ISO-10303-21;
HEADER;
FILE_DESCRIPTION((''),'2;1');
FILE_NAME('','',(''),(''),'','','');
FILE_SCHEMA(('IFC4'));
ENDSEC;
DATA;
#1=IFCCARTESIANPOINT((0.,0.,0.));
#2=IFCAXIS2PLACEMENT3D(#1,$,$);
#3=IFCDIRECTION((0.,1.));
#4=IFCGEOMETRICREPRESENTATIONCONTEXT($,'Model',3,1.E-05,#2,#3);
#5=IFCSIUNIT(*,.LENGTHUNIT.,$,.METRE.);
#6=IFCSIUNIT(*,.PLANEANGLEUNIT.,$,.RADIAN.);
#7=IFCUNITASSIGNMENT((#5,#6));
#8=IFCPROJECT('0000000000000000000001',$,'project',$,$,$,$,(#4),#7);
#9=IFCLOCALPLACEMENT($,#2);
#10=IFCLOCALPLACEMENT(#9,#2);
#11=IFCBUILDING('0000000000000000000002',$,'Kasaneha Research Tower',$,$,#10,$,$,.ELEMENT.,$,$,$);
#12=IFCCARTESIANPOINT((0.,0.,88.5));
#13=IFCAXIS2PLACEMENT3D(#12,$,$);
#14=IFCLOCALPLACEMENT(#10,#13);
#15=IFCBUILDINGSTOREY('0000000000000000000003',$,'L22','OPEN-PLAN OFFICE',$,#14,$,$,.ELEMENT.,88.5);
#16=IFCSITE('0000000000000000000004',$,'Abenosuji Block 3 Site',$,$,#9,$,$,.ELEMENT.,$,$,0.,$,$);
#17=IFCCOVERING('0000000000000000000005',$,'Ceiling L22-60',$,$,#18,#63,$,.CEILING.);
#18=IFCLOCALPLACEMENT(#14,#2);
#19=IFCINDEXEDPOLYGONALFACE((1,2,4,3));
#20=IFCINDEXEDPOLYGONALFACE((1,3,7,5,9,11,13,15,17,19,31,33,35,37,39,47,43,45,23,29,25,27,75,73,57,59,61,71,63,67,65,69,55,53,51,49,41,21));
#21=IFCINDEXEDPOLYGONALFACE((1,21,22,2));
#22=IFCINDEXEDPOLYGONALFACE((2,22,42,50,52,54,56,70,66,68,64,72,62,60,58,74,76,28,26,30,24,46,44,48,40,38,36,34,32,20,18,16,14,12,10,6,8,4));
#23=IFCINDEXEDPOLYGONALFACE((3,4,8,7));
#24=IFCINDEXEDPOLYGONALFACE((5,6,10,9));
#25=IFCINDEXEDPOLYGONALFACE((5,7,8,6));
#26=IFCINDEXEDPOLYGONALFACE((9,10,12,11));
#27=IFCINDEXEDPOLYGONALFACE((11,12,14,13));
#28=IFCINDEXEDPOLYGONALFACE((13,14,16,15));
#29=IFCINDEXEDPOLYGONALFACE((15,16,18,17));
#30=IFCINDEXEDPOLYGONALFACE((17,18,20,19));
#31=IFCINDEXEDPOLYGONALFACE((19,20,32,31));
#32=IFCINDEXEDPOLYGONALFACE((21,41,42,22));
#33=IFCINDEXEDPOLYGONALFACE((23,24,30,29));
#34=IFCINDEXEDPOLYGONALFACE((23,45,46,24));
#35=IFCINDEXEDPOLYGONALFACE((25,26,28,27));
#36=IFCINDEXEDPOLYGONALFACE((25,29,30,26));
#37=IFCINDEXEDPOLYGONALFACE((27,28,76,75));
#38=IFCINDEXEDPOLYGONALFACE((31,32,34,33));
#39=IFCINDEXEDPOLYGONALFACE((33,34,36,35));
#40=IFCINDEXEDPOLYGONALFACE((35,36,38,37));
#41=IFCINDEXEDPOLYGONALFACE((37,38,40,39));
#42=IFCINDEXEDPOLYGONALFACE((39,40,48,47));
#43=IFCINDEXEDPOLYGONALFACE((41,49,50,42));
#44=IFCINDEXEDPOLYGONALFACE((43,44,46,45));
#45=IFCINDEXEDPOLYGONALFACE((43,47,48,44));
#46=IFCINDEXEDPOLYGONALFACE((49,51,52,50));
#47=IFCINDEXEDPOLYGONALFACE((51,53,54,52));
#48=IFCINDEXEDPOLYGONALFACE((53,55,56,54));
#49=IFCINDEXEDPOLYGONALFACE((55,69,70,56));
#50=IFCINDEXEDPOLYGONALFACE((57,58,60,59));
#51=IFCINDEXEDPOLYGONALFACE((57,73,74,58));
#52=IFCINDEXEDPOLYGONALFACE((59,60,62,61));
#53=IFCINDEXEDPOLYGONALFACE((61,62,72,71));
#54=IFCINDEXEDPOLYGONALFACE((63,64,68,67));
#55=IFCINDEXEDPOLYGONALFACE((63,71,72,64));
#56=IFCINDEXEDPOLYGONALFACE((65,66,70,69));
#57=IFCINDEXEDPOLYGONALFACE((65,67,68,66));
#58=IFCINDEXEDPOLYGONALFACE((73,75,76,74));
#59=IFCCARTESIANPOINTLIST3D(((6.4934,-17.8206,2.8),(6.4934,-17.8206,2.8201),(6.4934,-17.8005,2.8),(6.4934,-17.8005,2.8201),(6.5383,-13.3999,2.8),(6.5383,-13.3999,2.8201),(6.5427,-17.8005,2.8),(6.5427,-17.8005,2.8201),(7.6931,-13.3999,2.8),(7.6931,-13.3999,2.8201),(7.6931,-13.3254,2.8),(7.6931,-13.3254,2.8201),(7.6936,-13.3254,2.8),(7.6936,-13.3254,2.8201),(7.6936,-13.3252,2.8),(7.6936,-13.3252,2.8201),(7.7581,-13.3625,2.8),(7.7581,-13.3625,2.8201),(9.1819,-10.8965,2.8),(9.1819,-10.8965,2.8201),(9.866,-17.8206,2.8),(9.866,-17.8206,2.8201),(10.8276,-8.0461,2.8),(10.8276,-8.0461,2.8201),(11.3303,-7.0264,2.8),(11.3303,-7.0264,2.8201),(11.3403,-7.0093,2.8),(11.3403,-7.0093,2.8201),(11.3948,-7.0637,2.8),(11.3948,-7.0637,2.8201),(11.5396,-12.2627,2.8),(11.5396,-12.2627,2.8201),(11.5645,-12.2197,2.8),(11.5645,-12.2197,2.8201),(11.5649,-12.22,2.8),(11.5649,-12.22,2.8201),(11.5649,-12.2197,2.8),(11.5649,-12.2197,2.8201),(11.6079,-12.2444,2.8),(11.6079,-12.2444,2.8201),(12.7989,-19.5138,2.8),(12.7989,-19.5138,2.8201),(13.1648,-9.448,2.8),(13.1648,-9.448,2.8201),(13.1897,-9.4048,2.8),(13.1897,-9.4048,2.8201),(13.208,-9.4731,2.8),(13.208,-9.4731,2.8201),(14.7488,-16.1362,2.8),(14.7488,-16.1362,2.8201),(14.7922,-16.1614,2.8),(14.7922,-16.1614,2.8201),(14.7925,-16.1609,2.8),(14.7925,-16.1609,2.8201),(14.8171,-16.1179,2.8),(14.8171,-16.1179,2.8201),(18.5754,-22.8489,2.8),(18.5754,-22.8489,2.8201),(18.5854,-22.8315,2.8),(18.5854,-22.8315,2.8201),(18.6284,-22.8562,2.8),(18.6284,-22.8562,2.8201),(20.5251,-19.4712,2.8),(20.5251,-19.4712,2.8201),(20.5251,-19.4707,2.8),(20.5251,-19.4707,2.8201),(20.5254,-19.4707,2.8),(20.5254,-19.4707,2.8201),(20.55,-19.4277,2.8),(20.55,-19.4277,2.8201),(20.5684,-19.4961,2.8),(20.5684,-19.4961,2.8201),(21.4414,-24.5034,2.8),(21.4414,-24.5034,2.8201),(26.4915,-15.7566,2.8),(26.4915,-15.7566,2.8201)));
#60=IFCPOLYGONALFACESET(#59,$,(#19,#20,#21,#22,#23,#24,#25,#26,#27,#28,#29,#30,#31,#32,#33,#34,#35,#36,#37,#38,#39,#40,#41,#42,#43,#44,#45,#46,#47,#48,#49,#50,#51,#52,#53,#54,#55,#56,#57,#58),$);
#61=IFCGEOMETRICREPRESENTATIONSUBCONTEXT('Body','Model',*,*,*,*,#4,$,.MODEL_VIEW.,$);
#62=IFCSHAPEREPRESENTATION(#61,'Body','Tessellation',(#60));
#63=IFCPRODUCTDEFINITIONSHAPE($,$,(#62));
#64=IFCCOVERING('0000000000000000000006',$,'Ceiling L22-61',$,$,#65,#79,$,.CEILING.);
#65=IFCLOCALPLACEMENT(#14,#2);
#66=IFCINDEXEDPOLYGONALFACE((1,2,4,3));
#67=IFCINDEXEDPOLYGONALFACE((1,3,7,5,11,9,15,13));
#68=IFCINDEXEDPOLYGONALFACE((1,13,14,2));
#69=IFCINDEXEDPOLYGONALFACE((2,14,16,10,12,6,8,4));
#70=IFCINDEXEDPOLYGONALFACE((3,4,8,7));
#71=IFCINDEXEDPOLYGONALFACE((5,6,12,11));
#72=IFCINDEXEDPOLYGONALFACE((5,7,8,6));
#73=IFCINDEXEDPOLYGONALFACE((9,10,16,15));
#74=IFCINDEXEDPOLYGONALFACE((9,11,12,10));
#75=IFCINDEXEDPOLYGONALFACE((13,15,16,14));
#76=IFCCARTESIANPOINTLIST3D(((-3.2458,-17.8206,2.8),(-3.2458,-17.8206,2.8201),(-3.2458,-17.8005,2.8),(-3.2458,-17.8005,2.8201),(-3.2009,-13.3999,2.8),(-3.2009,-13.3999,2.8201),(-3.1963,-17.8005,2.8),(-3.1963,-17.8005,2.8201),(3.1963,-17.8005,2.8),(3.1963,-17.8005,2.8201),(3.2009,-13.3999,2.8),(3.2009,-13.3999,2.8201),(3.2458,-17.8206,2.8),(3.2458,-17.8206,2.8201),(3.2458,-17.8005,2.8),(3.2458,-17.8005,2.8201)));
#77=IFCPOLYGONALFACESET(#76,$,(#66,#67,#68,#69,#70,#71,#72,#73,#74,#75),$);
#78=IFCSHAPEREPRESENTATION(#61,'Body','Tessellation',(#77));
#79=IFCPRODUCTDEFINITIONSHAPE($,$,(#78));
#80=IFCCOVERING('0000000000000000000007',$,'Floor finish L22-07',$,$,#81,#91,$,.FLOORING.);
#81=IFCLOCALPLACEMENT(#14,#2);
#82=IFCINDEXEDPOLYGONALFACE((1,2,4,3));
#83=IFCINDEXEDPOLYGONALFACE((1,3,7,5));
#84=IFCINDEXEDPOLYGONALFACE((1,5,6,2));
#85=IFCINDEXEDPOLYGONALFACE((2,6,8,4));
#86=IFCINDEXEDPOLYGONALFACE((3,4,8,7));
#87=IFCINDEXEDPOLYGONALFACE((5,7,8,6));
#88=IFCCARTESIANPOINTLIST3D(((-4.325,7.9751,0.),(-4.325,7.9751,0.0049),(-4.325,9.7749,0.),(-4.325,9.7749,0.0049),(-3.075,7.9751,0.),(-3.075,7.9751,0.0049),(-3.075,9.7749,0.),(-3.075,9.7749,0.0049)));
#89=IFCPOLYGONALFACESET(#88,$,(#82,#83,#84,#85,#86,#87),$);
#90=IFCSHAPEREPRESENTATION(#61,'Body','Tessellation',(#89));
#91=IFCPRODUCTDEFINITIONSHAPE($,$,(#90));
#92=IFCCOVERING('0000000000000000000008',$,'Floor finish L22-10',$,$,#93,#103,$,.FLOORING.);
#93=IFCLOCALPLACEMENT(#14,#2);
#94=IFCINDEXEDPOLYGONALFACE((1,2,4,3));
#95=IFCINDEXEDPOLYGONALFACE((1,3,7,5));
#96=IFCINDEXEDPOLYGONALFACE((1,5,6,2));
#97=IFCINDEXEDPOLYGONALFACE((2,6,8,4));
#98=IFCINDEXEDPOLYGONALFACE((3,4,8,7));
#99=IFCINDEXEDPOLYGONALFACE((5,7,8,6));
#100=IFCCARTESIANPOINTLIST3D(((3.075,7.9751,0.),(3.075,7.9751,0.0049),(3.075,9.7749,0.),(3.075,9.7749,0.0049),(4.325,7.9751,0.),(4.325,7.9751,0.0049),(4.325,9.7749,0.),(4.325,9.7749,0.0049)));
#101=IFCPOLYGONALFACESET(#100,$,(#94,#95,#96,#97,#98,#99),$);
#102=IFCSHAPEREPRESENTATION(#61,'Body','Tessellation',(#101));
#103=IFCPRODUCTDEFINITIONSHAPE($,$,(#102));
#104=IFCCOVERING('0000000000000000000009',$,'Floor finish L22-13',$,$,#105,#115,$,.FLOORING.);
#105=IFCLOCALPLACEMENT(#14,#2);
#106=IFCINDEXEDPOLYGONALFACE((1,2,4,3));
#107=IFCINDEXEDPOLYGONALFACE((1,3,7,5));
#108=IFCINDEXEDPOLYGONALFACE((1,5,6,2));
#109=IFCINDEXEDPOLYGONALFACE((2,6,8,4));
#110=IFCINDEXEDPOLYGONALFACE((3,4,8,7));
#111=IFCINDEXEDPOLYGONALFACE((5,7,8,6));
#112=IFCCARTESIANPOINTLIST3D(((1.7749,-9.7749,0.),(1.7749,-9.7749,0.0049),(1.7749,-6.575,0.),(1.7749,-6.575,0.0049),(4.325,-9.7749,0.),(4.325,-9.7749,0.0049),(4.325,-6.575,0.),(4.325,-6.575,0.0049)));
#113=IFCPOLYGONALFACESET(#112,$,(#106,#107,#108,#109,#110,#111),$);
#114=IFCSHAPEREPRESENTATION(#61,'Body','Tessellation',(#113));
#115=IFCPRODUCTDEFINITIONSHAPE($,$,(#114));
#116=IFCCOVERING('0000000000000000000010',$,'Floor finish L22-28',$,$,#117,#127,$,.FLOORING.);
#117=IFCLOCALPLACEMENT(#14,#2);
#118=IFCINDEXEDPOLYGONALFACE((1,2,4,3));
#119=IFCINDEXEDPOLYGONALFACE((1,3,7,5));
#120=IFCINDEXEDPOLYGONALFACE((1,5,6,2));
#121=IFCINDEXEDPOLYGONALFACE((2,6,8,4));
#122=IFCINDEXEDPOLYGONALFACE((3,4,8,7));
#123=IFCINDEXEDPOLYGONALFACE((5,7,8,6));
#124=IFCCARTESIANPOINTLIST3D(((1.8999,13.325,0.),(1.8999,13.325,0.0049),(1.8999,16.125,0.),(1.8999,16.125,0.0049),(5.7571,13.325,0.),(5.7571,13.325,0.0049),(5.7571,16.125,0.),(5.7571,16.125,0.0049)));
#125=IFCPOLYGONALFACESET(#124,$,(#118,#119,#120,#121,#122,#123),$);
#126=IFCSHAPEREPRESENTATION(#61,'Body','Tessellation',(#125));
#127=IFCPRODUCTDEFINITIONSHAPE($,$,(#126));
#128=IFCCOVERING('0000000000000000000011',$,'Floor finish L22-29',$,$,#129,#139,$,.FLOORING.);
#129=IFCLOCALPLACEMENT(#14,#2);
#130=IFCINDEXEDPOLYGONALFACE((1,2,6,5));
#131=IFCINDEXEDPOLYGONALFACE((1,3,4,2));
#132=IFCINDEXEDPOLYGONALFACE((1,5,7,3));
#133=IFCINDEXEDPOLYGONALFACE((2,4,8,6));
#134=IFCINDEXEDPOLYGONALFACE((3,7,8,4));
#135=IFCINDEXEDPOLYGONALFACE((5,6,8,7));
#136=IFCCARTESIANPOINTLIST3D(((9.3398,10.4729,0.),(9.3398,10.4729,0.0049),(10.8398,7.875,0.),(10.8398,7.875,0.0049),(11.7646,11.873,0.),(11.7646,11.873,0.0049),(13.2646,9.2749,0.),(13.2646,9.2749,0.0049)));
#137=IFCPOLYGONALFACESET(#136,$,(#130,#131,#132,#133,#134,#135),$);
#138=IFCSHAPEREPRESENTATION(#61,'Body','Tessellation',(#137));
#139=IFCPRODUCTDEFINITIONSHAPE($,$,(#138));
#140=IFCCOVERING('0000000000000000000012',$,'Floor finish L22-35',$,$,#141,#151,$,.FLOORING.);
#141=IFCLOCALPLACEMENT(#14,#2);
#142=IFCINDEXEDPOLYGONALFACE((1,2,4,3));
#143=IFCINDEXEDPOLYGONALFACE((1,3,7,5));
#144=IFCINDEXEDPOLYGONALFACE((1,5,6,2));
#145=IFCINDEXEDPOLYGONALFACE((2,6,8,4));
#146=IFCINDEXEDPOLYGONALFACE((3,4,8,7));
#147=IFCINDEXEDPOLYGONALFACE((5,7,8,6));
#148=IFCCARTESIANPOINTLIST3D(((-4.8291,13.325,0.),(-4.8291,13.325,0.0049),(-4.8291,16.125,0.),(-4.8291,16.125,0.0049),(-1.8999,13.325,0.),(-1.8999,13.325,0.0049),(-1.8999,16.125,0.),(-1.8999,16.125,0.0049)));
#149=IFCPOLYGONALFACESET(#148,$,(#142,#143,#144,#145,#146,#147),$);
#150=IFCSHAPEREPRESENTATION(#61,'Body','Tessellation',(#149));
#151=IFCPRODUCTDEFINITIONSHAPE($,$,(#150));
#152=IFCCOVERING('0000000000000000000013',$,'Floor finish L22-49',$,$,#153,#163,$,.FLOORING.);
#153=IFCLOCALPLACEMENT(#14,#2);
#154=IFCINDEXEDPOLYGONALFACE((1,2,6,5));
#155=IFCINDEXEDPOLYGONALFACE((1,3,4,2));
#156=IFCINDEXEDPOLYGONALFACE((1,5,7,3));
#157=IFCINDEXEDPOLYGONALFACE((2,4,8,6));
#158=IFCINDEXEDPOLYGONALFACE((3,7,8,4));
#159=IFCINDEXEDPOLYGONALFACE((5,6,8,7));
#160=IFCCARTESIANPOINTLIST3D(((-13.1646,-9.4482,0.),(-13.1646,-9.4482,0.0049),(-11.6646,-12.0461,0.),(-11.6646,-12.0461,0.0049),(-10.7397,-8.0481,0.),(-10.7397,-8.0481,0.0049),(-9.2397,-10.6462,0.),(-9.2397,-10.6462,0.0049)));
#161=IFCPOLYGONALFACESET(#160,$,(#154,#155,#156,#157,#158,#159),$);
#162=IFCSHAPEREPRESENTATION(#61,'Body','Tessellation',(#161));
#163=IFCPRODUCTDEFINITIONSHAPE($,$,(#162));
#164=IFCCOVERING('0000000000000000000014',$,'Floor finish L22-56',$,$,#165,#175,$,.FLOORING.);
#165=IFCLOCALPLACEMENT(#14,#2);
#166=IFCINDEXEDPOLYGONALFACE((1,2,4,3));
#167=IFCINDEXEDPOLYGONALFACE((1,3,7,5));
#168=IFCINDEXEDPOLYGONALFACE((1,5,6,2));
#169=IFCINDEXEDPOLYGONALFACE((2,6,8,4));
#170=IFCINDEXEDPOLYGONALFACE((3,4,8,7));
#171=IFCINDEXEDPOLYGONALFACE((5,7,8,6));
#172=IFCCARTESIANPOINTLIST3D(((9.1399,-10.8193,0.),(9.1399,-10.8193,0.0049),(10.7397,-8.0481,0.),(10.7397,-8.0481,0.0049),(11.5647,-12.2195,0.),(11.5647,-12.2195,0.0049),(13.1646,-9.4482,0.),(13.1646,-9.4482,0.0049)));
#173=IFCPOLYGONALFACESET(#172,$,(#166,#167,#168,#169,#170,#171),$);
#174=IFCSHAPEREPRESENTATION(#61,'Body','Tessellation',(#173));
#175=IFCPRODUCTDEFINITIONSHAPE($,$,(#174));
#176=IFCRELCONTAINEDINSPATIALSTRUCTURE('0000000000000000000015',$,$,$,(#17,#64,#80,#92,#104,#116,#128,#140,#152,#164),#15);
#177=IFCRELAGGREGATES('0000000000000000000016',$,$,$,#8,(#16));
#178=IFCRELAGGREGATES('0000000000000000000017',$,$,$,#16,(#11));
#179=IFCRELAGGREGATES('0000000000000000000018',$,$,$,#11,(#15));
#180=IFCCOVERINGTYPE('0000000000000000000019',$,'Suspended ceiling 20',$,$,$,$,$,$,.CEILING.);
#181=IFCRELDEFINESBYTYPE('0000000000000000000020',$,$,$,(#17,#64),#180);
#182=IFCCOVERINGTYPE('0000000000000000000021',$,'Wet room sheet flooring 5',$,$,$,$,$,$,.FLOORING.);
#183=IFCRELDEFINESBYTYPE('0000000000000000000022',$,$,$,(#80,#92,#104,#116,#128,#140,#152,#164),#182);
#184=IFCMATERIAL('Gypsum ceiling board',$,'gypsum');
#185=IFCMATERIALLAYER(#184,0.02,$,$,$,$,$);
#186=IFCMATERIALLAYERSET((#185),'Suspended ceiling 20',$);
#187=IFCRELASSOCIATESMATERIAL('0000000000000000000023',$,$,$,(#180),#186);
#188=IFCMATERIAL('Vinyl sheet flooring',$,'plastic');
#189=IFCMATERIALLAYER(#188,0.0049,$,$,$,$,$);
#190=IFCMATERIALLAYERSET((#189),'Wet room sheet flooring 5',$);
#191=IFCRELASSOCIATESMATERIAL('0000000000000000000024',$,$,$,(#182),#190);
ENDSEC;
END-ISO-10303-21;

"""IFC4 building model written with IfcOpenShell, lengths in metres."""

from ifc_helpers import new_model, si_unit, direction, frame, origin, place, context, subcontext, project, spatial, polyline, outline, extrude, material, layer, layer_set, type_object, element, save


model = new_model("IFC4")

# Units and contexts
model_context = context("Model", 3, precision=1e-05, world=origin(), true_north=direction((0.0, 1.0)))
body_context = subcontext(model_context, "Body", "Model", "MODEL_VIEW")
ifc_project = project(units=[si_unit("LENGTHUNIT", "METRE"), si_unit("PLANEANGLEUNIT", "RADIAN")], contexts=[model_context])

# Site, building, storey
site_placement = place(None, origin())
site = spatial("IfcSite", under=ifc_project, at=site_placement, Name="Abenosuji Block 3 Site", CompositionType="ELEMENT", RefElevation=0.0)
building_placement = place(site_placement, origin())
building = spatial("IfcBuilding", under=site, at=building_placement, Name="Kasaneha Research Tower", CompositionType="ELEMENT")
storey_placement = place(building_placement, frame((0.0, 0.0, 88.5)))
storey = spatial("IfcBuildingStorey", under=building, at=storey_placement, Name="L22", Description="OPEN-PLAN OFFICE", CompositionType="ELEMENT", Elevation=88.5)

# Coverings
ifc_material_1 = material(Name="Gypsum ceiling board", Category="gypsum")
ifc_layer_1 = layer(ifc_material_1, 0.02)
ifc_layer_set_1 = layer_set([ifc_layer_1], Name="Suspended ceiling 20")
covering_type_1 = type_object("IfcCoveringType", Name="Suspended ceiling 20", PredefinedType="CEILING", material=ifc_layer_set_1)
covering_1_placement = place(storey_placement, frame((0.0, 0.0, 2.8)))
element("IfcCovering", 1, at=covering_1_placement, inside=storey, type_object=covering_type_1, Name="Ceiling L22-60", PredefinedType="CEILING", context=body_context, shape_type="SweptSolid", body=[
    extrude(outline(polyline([(7.6936, -13.3254), (7.6936, -13.3252), (7.7581, -13.3625), (9.1819, -10.8965), (11.5396, -12.2627), (11.5645, -12.2197), (11.5649, -12.22), (11.5649, -12.2197), (11.6079, -12.2444), (13.208, -9.4731), (13.1648, -9.448), (13.1897, -9.4048), (10.8276, -8.0461), (11.3948, -7.0637), (11.3303, -7.0264), (11.3403, -7.0093), (26.4915, -15.7566), (21.4414, -24.5034), (18.5754, -22.8489), (18.5854, -22.8315), (18.6284, -22.8562), (20.5684, -19.4961), (20.5251, -19.4712), (20.5254, -19.4707), (20.5251, -19.4707), (20.55, -19.4277), (14.8171, -16.1179), (14.7925, -16.1609), (14.7925, -16.1609), (14.7922, -16.1614), (14.7488, -16.1362), (12.7988, -19.5139), (12.8418, -19.5386), (12.8418, -19.5386), (9.866, -17.8206), (6.4934, -17.8206), (6.4934, -17.8005), (6.5427, -17.8005), (6.5383, -13.3999), (7.6931, -13.3999), (7.6931, -13.3254), (7.6936, -13.3254)])), origin(), (0.0, 0.0, 1.0), 0.02),
])
covering_2_placement = place(storey_placement, frame((0.0, 0.0, 2.8)))
element("IfcCovering", 2, at=covering_2_placement, inside=storey, type_object=covering_type_1, Name="Ceiling L22-61", PredefinedType="CEILING", context=body_context, shape_type="SweptSolid", body=[
    extrude(outline(polyline([(3.2458, -17.8206), (-3.2458, -17.8206), (-3.2458, -17.8005), (-3.1963, -17.8005), (-3.2009, -13.3999), (3.2009, -13.3999), (3.1963, -17.8005), (3.2458, -17.8005), (3.2458, -17.8206)])), origin(), (0.0, 0.0, 1.0), 0.02),
])
ifc_material_2 = material(Name="Vinyl sheet flooring", Category="plastic")
ifc_layer_2 = layer(ifc_material_2, 0.0049)
ifc_layer_set_2 = layer_set([ifc_layer_2], Name="Wet room sheet flooring 5")
covering_type_2 = type_object("IfcCoveringType", Name="Wet room sheet flooring 5", PredefinedType="FLOORING", material=ifc_layer_set_2)
covering_3_placement = place(storey_placement, origin())
element("IfcCovering", 3, at=covering_3_placement, inside=storey, type_object=covering_type_2, Name="Floor finish L22-07", PredefinedType="FLOORING", context=body_context, shape_type="SweptSolid", body=[
    extrude(outline(polyline([(-4.325, 7.9751), (-4.325, 9.7749), (-3.075, 9.7749), (-3.075, 7.9751), (-4.325, 7.9751)])), origin(), (0.0, 0.0, 1.0), 0.0049),
])
covering_4_placement = place(storey_placement, origin())
element("IfcCovering", 4, at=covering_4_placement, inside=storey, type_object=covering_type_2, Name="Floor finish L22-10", PredefinedType="FLOORING", context=body_context, shape_type="SweptSolid", body=[
    extrude(outline(polyline([(4.325, 7.9751), (3.075, 7.9751), (3.075, 9.7749), (4.325, 9.7749), (4.325, 7.9751)])), origin(), (0.0, 0.0, 1.0), 0.0049),
])
covering_5_placement = place(storey_placement, origin())
element("IfcCovering", 5, at=covering_5_placement, inside=storey, type_object=covering_type_2, Name="Floor finish L22-13", PredefinedType="FLOORING", context=body_context, shape_type="SweptSolid", body=[
    extrude(outline(polyline([(1.7749, -9.7749), (1.7749, -6.575), (4.325, -6.575), (4.325, -9.7749), (1.7749, -9.7749)])), origin(), (0.0, 0.0, 1.0), 0.0049),
])
covering_6_placement = place(storey_placement, origin())
element("IfcCovering", 6, at=covering_6_placement, inside=storey, type_object=covering_type_2, Name="Floor finish L22-28", PredefinedType="FLOORING", context=body_context, shape_type="SweptSolid", body=[
    extrude(outline(polyline([(1.8999, 16.125), (5.7571, 16.125), (5.7571, 13.325), (1.8999, 13.325), (1.8999, 16.125)])), origin(), (0.0, 0.0, 1.0), 0.0049),
])
covering_7_placement = place(storey_placement, origin())
element("IfcCovering", 7, at=covering_7_placement, inside=storey, type_object=covering_type_2, Name="Floor finish L22-29", PredefinedType="FLOORING", context=body_context, shape_type="SweptSolid", body=[
    extrude(outline(polyline([(11.7646, 11.873), (13.2646, 9.2749), (10.8398, 7.875), (9.3398, 10.4729), (11.7646, 11.873)])), origin(), (0.0, 0.0, 1.0), 0.0049),
])
covering_8_placement = place(storey_placement, origin())
element("IfcCovering", 8, at=covering_8_placement, inside=storey, type_object=covering_type_2, Name="Floor finish L22-35", PredefinedType="FLOORING", context=body_context, shape_type="SweptSolid", body=[
    extrude(outline(polyline([(-4.8291, 16.125), (-1.8999, 16.125), (-1.8999, 13.325), (-4.8291, 13.325), (-4.8291, 16.125)])), origin(), (0.0, 0.0, 1.0), 0.0049),
])
covering_9_placement = place(storey_placement, origin())
element("IfcCovering", 9, at=covering_9_placement, inside=storey, type_object=covering_type_2, Name="Floor finish L22-49", PredefinedType="FLOORING", context=body_context, shape_type="SweptSolid", body=[
    extrude(outline(polyline([(-11.6646, -12.0461), (-13.1646, -9.4482), (-10.7397, -8.0481), (-9.2397, -10.6462), (-11.6646, -12.0461)])), origin(), (0.0, 0.0, 1.0), 0.0049),
])
covering_10_placement = place(storey_placement, origin())
element("IfcCovering", 10, at=covering_10_placement, inside=storey, type_object=covering_type_2, Name="Floor finish L22-56", PredefinedType="FLOORING", context=body_context, shape_type="SweptSolid", body=[
    extrude(outline(polyline([(13.1646, -9.4482), (11.5647, -12.2195), (9.1399, -10.8193), (10.7397, -8.0481), (13.1646, -9.4482)])), origin(), (0.0, 0.0, 1.0), 0.0049),
])

save(model, "model.ifc")
